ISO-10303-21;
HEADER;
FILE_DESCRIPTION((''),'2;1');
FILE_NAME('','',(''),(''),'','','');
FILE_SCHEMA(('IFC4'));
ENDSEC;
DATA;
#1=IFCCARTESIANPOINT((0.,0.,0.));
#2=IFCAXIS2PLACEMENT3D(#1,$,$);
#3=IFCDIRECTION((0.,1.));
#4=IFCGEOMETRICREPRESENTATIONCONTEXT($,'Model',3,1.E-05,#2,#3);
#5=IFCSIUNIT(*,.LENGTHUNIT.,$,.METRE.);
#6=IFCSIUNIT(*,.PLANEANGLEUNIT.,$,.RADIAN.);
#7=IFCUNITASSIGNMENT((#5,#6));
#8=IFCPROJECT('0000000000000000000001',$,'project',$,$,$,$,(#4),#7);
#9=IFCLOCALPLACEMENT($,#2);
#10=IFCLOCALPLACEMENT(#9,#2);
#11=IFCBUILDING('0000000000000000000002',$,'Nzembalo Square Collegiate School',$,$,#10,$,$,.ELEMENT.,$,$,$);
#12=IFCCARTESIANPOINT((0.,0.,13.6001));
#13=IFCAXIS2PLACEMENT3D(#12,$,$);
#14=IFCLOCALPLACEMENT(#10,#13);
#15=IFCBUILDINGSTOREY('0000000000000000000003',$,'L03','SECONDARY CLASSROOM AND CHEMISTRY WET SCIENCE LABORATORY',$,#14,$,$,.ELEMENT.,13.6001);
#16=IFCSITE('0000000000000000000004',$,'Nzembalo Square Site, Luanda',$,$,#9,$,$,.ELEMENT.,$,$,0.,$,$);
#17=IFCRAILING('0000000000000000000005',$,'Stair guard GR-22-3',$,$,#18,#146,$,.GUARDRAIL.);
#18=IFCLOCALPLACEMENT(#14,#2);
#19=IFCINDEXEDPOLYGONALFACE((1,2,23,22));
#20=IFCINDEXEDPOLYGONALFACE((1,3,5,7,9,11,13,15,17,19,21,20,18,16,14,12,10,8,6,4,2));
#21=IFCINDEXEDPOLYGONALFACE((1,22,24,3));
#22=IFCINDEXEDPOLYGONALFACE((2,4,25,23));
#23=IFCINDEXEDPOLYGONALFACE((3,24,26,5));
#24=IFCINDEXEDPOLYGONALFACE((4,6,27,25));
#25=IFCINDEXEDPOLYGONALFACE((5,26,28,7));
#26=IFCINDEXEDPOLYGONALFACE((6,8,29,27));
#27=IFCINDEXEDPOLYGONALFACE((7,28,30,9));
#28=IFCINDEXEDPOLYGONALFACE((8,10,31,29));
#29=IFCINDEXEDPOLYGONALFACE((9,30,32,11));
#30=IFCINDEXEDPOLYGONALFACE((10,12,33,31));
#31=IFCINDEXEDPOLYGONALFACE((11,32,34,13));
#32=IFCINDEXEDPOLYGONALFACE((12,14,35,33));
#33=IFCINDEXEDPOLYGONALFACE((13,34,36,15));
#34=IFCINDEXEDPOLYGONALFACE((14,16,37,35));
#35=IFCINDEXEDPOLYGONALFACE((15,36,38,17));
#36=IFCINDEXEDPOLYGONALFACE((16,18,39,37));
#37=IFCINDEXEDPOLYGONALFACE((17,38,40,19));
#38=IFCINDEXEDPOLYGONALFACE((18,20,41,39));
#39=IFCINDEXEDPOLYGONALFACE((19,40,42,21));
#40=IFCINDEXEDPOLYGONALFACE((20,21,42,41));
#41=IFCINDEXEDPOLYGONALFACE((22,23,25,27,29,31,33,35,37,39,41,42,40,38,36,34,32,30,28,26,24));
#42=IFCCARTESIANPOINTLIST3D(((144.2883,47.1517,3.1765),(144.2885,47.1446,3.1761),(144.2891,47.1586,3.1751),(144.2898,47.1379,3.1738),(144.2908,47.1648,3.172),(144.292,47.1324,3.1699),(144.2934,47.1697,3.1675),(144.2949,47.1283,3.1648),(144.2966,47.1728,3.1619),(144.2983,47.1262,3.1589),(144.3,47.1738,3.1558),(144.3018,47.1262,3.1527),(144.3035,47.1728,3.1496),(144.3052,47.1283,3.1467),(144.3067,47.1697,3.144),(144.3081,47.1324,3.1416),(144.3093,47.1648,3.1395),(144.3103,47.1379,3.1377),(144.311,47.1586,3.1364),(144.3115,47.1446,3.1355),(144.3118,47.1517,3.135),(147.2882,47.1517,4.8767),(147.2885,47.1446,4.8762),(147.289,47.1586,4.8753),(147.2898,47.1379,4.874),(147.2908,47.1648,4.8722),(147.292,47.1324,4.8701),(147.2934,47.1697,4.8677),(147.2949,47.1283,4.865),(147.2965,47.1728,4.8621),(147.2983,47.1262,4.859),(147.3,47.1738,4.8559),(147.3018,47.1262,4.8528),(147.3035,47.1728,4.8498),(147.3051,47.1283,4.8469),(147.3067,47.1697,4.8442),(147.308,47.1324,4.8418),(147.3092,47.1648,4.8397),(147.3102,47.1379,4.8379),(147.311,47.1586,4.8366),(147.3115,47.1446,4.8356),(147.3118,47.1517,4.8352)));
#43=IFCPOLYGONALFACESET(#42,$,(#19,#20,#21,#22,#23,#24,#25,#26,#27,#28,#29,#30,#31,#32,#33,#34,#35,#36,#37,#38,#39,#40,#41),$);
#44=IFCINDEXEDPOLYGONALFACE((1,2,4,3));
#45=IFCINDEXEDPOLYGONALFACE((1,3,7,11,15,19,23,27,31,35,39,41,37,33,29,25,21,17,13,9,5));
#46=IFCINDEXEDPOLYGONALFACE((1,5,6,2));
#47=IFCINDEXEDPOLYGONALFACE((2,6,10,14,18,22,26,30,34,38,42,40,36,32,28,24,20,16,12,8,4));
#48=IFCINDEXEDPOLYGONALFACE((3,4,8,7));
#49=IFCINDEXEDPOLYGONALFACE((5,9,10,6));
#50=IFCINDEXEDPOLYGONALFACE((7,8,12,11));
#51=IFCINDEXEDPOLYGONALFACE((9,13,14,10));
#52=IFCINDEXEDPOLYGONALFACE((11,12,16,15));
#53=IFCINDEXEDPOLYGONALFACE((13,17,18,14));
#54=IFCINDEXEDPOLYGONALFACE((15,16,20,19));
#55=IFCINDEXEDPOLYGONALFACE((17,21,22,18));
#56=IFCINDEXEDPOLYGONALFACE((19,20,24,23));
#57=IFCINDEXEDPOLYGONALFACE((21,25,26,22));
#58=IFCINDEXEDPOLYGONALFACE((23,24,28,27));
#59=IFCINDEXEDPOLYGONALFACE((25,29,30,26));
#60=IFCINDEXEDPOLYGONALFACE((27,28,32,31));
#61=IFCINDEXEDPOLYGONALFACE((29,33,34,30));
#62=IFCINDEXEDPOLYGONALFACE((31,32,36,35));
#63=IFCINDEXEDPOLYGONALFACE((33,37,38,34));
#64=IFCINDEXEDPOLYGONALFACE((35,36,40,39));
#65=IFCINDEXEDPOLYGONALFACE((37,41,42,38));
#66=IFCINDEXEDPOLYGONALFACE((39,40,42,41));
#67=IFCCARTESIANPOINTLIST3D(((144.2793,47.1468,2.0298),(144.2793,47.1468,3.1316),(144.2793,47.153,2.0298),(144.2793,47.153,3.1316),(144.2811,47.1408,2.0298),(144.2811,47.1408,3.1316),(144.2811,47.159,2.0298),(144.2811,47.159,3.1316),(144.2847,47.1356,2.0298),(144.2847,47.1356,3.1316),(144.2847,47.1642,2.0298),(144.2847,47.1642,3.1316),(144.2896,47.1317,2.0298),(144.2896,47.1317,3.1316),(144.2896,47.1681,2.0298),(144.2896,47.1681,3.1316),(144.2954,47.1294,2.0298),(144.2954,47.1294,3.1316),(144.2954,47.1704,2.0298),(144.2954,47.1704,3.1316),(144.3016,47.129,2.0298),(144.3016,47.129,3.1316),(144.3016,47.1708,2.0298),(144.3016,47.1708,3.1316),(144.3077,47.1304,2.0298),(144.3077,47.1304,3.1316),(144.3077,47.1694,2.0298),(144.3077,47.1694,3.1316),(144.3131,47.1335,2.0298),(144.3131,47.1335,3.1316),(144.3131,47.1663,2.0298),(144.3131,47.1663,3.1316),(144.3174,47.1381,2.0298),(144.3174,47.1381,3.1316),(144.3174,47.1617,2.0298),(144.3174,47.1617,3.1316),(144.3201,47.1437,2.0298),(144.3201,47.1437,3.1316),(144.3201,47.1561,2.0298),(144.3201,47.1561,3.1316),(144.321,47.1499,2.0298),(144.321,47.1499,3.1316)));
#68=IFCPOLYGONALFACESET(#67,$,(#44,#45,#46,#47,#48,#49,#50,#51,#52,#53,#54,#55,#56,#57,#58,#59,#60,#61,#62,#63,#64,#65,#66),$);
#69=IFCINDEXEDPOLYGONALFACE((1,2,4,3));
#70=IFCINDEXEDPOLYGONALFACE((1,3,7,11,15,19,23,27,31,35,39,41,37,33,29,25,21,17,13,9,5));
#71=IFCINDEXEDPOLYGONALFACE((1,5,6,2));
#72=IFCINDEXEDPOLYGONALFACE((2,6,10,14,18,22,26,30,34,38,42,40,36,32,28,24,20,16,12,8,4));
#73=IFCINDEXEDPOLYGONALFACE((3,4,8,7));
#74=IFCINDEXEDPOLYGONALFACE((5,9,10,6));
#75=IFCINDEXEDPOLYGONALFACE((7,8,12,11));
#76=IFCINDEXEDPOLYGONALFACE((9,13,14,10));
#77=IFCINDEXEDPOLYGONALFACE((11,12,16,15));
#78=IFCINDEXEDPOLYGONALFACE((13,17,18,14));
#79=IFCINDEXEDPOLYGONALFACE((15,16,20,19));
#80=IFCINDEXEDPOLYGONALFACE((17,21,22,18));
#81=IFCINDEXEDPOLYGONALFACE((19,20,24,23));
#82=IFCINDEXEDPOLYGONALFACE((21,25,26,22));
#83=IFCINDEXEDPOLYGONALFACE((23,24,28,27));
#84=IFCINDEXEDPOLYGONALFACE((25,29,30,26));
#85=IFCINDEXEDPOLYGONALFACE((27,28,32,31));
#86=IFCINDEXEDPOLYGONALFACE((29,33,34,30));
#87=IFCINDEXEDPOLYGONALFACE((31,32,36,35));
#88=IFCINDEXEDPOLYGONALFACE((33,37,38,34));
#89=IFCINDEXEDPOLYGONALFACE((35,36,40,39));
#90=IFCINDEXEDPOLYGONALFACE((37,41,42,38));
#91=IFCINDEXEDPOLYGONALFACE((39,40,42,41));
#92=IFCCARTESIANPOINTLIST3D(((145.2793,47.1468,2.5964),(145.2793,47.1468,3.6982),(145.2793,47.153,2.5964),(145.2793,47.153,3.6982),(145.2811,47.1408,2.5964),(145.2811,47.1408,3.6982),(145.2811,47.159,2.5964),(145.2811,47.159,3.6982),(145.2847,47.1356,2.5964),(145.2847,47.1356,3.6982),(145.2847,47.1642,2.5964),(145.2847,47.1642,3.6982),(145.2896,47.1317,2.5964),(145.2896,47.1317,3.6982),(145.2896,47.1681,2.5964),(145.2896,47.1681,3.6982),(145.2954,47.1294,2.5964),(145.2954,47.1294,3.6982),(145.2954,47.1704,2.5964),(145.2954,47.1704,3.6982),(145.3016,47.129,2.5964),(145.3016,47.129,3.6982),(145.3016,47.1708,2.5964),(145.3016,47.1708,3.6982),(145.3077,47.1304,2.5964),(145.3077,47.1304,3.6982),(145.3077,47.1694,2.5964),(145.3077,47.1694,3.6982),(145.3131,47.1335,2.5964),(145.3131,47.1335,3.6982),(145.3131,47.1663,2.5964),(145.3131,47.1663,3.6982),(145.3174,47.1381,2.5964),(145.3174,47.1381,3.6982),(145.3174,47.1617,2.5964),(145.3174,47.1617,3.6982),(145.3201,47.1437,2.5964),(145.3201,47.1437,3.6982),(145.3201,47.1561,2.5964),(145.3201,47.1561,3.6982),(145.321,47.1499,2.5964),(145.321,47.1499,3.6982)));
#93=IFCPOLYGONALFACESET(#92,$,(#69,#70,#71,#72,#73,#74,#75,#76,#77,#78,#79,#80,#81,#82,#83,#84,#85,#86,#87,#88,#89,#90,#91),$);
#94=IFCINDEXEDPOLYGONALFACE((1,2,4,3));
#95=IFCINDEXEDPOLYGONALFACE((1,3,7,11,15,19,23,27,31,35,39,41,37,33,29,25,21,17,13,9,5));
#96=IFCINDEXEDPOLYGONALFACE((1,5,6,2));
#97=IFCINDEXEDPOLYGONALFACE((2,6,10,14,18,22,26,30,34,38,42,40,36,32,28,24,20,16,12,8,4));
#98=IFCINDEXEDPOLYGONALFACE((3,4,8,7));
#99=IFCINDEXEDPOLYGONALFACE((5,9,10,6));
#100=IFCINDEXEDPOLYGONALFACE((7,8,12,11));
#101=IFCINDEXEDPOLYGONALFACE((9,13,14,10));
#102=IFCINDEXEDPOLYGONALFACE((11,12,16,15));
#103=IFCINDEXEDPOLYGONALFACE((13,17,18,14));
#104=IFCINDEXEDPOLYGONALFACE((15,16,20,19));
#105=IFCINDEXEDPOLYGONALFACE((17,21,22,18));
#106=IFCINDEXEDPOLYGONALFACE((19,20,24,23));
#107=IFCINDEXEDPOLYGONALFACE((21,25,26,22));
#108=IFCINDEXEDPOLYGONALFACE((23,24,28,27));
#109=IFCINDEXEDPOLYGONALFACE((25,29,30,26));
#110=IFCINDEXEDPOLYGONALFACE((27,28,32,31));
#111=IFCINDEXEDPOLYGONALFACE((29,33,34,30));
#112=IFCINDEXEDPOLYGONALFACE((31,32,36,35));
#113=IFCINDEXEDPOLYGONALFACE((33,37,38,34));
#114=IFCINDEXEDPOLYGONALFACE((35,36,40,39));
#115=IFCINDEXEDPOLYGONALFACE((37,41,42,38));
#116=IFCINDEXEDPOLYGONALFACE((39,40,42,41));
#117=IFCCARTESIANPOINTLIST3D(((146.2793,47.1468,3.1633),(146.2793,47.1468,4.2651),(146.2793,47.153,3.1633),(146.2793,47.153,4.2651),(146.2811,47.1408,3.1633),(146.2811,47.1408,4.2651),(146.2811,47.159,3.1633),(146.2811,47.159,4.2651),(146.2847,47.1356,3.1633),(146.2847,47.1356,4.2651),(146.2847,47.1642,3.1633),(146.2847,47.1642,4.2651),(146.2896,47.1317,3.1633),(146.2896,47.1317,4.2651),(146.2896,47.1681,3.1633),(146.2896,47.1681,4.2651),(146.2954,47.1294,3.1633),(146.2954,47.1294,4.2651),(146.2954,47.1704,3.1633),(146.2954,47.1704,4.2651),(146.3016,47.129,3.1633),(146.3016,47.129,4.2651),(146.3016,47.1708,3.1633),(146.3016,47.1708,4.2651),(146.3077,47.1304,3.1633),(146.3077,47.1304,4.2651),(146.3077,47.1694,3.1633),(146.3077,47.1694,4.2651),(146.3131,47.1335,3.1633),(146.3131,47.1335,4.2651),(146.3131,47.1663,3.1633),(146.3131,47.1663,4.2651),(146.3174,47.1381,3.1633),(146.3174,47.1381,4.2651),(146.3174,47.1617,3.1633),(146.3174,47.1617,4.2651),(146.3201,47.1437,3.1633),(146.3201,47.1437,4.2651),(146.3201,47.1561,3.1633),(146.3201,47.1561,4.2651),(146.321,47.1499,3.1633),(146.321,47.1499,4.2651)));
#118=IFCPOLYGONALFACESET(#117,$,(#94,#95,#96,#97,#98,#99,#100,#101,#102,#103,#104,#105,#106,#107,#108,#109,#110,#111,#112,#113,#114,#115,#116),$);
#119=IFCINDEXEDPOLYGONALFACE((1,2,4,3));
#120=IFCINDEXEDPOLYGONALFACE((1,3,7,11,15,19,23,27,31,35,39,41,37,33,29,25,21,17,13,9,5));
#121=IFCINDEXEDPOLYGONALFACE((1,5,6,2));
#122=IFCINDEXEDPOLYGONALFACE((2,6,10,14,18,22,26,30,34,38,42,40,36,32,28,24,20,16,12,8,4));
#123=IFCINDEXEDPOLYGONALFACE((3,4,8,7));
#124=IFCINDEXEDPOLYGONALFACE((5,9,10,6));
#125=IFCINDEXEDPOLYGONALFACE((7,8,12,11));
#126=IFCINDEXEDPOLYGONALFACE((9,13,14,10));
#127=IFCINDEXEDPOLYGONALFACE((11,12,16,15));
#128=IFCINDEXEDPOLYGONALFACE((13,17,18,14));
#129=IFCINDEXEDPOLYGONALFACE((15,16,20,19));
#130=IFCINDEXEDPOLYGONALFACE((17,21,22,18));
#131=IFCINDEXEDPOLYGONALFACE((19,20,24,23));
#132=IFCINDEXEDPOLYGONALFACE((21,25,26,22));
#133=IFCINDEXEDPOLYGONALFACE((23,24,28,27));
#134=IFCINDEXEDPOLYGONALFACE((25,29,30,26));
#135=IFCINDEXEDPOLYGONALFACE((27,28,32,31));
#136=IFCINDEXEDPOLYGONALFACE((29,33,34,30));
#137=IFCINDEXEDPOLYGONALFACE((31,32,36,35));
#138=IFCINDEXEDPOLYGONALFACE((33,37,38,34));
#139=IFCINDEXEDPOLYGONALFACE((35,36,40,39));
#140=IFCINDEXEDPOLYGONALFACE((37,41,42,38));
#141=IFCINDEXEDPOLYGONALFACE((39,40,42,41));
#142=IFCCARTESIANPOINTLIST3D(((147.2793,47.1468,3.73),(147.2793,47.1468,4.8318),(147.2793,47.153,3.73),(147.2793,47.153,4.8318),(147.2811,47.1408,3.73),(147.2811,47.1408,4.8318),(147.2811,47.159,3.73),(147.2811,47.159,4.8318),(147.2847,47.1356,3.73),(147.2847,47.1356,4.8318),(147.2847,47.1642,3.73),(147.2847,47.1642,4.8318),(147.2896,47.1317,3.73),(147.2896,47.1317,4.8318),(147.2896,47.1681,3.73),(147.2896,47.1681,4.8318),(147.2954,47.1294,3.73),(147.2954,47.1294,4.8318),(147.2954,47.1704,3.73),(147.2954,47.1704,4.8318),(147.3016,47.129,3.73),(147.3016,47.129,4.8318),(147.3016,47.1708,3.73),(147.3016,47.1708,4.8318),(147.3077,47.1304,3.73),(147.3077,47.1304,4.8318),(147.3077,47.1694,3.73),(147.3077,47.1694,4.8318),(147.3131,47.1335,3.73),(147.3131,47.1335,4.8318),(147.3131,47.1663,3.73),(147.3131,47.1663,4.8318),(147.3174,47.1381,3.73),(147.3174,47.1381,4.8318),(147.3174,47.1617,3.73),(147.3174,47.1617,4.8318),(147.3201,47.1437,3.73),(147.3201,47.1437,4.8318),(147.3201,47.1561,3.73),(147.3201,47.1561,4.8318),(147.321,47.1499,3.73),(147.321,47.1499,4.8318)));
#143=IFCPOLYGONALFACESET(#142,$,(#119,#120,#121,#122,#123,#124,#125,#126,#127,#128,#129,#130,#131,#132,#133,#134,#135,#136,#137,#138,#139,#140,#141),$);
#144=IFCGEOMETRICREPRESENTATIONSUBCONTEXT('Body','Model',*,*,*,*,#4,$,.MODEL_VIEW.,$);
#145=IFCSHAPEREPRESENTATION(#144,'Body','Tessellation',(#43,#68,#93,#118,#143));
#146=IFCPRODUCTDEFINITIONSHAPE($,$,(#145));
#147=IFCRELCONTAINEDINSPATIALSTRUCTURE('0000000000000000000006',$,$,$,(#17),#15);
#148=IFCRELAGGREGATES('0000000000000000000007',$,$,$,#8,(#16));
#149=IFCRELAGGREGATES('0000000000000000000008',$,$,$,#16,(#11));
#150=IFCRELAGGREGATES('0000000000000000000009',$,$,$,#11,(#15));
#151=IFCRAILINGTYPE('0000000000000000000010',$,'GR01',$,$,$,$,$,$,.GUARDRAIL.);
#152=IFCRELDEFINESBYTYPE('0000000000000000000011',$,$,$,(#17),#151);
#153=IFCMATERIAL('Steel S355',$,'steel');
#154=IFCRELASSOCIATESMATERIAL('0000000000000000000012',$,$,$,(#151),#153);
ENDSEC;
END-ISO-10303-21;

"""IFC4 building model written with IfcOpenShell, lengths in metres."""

from ifc_helpers import new_model, si_unit, direction, frame, origin, origin_2d, place, context, subcontext, project, spatial, circle, extrude, material, type_object, element, save


model = new_model("IFC4")

# Units and contexts
model_context = context("Model", 3, precision=1e-05, world=origin(), true_north=direction((0.0, 1.0)))
body_context = subcontext(model_context, "Body", "Model", "MODEL_VIEW")
ifc_project = project(units=[si_unit("LENGTHUNIT", "METRE"), si_unit("PLANEANGLEUNIT", "RADIAN")], contexts=[model_context])

# Site, building, storey
site_placement = place(None, origin())
site = spatial("IfcSite", under=ifc_project, at=site_placement, Name="Nzembalo Square Site, Luanda", CompositionType="ELEMENT", RefElevation=0.0)
building_placement = place(site_placement, origin())
building = spatial("IfcBuilding", under=site, at=building_placement, Name="Nzembalo Square Collegiate School", CompositionType="ELEMENT")
storey_placement = place(building_placement, frame((0.0, 0.0, 13.6001)))
storey = spatial("IfcBuildingStorey", under=building, at=storey_placement, Name="L03", Description="SECONDARY CLASSROOM AND CHEMISTRY WET SCIENCE LABORATORY", CompositionType="ELEMENT", Elevation=13.6001)

# Railing
ifc_material_1 = material(Name="Steel S355", Category="steel")
railing_type_1 = type_object("IfcRailingType", Name="GR01", PredefinedType="GUARDRAIL", material=ifc_material_1)
railing_1_placement = place(storey_placement, frame((144.3, 47.1499, 2.0298)))
element("IfcRailing", 1, at=railing_1_placement, inside=storey, type_object=railing_type_1, Name="Stair guard GR-22-3", PredefinedType="GUARDRAIL", context=body_context, shape_type="SweptSolid", body=[
    extrude(circle(Radius=0.0239, at=origin_2d()), frame((0.0, 0.0, 1.126), z_axis=(0.869998, 0.0, 0.493055), x_axis=(0.0, 1.0, 0.0)), (0.0, 0.0, 1.0), 3.4482),
    extrude(circle(Radius=0.021, at=origin_2d()), origin(), (0.0, 0.0, 1.0), 1.1018),
    extrude(circle(Radius=0.021, at=origin_2d()), frame((1.0, 0.0, 0.5667)), (0.0, 0.0, 1.0), 1.1018),
    extrude(circle(Radius=0.021, at=origin_2d()), frame((2.0, 0.0, 1.1335)), (0.0, 0.0, 1.0), 1.1018),
    extrude(circle(Radius=0.021, at=origin_2d()), frame((3.0, 0.0, 1.7002)), (0.0, 0.0, 1.0), 1.1018),
])

save(model, "model.ifc")
